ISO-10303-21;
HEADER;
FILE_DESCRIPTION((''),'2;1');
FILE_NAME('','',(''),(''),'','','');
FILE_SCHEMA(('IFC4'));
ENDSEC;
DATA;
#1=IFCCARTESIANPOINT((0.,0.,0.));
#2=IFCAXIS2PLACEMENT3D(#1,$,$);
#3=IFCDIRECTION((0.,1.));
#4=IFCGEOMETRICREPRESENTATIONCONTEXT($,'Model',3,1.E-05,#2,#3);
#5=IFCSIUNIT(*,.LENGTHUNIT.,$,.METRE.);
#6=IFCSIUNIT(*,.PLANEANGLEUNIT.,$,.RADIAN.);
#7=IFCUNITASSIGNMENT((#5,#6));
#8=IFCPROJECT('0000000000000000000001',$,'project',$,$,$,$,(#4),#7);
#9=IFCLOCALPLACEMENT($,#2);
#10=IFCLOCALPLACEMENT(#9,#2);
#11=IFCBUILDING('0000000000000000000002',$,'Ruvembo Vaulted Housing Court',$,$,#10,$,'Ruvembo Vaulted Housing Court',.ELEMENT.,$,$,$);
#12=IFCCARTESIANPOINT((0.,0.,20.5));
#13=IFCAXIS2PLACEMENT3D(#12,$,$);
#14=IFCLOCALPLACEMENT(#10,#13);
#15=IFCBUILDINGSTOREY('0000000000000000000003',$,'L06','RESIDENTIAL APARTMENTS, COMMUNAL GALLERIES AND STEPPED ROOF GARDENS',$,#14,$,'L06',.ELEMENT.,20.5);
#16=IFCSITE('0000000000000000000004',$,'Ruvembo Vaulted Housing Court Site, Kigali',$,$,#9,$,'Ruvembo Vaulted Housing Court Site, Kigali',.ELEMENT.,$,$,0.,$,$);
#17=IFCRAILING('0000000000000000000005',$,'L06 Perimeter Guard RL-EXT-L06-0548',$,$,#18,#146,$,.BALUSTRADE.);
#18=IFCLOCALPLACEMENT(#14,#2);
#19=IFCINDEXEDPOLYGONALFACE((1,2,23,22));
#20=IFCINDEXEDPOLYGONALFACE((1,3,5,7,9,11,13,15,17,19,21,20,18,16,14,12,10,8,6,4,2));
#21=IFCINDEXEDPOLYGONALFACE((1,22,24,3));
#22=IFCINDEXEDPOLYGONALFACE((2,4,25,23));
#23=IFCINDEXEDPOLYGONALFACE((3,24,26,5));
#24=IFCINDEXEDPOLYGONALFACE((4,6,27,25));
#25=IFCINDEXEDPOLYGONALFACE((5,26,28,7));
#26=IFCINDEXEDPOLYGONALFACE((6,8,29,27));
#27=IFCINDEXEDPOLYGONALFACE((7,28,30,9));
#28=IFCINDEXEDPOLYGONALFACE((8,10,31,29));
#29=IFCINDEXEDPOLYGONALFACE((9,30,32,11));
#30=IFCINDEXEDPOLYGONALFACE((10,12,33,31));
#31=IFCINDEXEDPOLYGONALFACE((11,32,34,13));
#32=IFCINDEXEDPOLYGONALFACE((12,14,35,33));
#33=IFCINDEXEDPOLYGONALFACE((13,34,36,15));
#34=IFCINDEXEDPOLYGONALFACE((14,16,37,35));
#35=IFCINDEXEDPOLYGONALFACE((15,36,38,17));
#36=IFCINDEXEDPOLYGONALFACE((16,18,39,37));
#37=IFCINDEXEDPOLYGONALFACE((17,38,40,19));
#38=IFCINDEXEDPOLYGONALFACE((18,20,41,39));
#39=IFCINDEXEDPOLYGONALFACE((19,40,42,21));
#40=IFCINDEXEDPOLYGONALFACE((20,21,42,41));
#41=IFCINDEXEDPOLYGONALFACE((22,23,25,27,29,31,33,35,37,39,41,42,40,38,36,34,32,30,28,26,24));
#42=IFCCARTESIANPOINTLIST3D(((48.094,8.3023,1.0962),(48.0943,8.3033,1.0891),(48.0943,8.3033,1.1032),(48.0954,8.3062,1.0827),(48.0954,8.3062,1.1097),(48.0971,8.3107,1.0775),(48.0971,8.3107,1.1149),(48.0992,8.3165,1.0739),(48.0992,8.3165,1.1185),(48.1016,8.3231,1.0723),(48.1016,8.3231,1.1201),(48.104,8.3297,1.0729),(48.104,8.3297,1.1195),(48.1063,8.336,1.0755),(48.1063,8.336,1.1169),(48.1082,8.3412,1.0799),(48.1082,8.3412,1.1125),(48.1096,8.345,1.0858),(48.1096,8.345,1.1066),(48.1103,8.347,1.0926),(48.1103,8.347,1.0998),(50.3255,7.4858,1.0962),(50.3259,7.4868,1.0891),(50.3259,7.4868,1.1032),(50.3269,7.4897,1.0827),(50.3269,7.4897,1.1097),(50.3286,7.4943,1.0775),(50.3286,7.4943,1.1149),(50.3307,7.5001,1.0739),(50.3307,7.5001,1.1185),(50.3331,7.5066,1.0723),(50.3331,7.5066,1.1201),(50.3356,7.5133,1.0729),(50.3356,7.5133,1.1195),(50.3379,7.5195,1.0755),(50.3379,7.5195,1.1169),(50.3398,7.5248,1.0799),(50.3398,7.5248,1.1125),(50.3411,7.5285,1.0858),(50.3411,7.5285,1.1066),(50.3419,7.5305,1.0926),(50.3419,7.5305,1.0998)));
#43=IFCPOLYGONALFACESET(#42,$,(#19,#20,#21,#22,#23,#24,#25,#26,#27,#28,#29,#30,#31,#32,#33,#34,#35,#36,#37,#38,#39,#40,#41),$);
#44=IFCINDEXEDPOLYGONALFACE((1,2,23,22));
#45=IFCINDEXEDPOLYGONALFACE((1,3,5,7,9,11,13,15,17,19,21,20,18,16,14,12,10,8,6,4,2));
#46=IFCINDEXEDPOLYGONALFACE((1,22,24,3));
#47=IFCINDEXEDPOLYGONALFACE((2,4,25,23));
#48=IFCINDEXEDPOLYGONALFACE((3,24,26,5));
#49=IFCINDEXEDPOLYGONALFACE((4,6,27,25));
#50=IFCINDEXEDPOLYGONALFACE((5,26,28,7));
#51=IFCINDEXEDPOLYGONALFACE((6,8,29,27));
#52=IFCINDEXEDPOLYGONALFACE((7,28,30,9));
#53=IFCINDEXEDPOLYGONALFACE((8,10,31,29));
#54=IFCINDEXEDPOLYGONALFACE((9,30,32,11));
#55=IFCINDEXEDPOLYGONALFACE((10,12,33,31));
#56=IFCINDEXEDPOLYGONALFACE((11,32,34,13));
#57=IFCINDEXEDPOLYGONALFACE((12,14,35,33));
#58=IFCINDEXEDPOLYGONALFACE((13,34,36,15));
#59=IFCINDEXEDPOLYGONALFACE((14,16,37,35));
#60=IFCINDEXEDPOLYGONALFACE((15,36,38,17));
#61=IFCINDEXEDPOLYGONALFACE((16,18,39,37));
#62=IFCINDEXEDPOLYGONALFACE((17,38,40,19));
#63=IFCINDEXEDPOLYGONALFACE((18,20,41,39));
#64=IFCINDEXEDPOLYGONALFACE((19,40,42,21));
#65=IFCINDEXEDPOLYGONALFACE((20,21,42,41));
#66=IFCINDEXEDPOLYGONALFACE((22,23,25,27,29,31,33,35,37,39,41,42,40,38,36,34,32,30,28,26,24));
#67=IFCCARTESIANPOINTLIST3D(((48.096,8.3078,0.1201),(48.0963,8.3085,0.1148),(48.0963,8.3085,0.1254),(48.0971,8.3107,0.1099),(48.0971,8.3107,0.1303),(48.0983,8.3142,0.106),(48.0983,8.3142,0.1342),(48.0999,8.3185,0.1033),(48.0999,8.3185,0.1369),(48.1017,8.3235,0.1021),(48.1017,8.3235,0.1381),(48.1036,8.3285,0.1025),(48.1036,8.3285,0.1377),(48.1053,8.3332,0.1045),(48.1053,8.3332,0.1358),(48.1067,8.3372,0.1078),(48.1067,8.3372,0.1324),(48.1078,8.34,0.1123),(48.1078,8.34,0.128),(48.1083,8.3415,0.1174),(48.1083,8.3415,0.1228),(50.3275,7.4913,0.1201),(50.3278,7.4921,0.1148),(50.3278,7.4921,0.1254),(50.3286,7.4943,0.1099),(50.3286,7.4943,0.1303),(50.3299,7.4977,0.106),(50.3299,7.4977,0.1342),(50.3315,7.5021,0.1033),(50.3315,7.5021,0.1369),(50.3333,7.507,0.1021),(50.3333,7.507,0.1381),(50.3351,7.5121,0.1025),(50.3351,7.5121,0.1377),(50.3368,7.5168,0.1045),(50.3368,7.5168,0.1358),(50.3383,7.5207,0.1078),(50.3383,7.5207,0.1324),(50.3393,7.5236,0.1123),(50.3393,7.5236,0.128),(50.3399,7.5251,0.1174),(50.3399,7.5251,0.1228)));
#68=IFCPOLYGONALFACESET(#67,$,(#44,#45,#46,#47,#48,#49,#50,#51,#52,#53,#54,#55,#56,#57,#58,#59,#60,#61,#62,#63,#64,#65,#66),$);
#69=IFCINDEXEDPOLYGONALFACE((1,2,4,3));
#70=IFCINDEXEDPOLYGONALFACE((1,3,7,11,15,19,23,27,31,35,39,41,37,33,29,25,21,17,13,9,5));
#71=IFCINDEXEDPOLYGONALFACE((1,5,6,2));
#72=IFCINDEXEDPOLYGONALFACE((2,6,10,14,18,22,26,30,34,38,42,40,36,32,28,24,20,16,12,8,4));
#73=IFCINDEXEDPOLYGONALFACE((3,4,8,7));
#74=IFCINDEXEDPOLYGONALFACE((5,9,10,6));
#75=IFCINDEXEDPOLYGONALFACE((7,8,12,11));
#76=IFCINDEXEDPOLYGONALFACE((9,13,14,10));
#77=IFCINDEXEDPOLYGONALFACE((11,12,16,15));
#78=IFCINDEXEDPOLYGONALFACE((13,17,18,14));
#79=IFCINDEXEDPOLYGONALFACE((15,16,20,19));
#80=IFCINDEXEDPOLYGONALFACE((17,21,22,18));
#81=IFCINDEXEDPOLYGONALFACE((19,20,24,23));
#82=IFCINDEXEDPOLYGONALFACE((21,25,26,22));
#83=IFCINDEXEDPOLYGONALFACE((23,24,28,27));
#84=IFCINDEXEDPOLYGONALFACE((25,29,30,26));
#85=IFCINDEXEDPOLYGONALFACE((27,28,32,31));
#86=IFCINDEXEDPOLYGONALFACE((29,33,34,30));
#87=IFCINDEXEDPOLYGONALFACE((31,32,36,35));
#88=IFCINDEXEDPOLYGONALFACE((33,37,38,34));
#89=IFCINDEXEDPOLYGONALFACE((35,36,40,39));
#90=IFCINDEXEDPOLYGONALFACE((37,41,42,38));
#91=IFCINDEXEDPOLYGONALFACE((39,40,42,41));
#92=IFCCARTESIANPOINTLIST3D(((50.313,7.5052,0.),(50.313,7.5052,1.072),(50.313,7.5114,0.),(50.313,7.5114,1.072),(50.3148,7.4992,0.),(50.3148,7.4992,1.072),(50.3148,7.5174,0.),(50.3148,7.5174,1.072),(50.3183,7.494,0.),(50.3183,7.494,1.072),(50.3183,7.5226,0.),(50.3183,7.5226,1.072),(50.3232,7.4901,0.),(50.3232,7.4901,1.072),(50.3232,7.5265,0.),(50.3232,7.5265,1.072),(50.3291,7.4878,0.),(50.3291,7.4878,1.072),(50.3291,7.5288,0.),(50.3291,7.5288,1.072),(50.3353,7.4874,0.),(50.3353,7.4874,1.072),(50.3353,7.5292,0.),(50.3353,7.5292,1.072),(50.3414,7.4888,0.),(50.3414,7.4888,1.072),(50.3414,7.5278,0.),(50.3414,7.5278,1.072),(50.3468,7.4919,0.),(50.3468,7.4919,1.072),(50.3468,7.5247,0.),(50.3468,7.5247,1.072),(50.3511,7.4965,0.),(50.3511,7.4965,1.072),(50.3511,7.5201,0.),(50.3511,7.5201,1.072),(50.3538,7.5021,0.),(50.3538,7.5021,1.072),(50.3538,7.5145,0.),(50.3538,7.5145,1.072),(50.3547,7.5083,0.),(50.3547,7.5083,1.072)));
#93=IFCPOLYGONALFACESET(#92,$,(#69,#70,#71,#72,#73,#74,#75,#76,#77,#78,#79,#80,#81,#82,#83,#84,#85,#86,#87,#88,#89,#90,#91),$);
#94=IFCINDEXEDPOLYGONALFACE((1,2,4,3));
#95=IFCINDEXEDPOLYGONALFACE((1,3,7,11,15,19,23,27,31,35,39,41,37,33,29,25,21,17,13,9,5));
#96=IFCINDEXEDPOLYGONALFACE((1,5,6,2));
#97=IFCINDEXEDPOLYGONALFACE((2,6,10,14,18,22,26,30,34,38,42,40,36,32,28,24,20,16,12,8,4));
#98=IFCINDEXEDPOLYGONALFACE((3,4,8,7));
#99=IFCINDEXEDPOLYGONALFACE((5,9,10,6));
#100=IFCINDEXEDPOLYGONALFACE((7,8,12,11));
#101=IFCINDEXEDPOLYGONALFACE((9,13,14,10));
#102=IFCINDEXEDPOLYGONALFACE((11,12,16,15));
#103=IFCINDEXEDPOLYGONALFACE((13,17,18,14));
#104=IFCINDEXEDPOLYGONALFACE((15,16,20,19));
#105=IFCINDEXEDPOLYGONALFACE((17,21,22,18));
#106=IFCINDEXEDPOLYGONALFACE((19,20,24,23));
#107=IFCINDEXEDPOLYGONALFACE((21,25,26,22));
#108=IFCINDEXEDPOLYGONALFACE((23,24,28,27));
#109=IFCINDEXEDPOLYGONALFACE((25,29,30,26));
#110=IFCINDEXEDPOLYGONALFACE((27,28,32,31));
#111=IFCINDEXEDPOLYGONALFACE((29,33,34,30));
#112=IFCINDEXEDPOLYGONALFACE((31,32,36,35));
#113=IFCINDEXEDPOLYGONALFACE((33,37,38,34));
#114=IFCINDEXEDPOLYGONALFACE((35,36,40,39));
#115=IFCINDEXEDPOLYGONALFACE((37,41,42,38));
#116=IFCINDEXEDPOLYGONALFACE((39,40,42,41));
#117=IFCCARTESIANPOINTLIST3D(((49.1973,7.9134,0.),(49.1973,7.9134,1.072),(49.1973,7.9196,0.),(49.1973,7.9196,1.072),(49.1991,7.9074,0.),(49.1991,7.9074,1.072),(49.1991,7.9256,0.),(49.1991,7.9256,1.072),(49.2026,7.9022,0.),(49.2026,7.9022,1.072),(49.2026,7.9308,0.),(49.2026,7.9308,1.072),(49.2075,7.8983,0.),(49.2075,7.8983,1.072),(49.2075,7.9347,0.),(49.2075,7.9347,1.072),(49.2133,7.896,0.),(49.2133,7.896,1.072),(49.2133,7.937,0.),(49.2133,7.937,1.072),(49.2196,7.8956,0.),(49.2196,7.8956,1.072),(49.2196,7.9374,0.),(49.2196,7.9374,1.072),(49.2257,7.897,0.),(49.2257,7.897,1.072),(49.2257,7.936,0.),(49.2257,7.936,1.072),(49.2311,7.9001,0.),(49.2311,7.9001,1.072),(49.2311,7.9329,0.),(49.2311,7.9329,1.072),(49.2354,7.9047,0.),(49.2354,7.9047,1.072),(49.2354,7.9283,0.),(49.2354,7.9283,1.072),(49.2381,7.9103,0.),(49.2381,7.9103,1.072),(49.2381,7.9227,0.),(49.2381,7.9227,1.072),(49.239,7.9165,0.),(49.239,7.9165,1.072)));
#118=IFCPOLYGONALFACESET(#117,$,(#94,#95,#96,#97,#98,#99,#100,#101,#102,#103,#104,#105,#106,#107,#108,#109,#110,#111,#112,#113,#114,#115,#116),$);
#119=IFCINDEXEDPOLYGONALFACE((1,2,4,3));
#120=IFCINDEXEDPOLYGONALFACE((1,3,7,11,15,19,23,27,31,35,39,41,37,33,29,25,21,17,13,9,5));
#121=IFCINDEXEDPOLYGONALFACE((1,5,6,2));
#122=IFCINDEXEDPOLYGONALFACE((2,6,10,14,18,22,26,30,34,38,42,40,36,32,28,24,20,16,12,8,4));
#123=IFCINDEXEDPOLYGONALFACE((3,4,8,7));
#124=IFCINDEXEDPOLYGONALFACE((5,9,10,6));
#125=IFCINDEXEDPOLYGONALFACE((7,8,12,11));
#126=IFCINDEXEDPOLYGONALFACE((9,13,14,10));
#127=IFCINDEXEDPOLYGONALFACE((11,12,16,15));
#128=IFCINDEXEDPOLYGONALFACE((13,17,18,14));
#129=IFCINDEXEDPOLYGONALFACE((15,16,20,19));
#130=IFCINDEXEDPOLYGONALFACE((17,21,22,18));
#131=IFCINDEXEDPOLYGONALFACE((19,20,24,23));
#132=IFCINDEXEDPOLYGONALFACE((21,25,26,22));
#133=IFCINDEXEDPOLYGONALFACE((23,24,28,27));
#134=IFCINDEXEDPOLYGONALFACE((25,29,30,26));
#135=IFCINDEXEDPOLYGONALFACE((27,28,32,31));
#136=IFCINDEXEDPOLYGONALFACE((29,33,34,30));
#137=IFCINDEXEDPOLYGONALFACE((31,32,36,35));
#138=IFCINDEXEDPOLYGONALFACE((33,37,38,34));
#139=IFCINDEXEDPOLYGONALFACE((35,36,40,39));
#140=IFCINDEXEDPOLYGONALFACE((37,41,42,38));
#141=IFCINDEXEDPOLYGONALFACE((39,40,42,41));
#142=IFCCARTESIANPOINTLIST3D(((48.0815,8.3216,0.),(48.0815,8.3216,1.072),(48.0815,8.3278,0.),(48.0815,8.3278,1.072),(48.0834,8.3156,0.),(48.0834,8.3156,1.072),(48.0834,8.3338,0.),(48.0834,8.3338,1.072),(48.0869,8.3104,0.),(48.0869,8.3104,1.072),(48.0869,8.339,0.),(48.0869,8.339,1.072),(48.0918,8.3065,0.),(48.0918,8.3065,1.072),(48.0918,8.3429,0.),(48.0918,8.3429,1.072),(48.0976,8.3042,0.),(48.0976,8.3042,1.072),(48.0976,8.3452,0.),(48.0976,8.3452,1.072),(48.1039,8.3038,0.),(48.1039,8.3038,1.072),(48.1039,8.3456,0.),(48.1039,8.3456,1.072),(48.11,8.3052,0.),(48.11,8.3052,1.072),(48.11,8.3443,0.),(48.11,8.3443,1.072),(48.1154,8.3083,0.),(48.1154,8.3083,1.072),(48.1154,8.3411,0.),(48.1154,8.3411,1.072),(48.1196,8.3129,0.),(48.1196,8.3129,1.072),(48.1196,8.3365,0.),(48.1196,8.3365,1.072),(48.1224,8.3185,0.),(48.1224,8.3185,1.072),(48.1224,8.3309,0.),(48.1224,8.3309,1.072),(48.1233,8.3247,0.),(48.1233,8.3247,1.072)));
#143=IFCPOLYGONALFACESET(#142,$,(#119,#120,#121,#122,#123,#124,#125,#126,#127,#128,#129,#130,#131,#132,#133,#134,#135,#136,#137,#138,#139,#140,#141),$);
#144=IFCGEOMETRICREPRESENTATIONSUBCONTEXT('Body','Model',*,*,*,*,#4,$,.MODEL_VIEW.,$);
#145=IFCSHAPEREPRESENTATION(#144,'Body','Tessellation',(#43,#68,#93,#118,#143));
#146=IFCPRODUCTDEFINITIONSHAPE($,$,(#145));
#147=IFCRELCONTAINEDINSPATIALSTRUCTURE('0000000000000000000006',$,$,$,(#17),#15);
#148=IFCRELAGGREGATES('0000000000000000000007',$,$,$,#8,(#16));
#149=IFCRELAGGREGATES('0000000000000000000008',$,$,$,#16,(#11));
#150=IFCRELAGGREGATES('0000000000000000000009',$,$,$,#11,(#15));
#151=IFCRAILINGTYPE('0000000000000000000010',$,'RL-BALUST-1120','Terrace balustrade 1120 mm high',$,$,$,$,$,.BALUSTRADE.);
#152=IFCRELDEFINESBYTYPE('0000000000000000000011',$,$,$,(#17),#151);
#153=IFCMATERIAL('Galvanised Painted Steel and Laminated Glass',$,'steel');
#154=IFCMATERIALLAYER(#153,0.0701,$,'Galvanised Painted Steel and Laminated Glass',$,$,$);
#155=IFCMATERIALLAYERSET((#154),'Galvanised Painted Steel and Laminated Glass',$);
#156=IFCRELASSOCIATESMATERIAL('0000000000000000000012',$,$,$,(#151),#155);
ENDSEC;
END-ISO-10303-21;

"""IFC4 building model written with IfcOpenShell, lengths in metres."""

from ifc_helpers import new_model, si_unit, direction, frame, origin, origin_2d, place, context, subcontext, project, spatial, circle, extrude, material, layer, layer_set, type_object, element, save


model = new_model("IFC4")

# Units and contexts
model_context = context("Model", 3, precision=1e-05, world=origin(), true_north=direction((0.0, 1.0)))
body_context = subcontext(model_context, "Body", "Model", "MODEL_VIEW")
ifc_project = project(units=[si_unit("LENGTHUNIT", "METRE"), si_unit("PLANEANGLEUNIT", "RADIAN")], contexts=[model_context])

# Site, building, storey
site_placement = place(None, origin())
site = spatial("IfcSite", under=ifc_project, at=site_placement, Name="Ruvembo Vaulted Housing Court Site, Kigali", LongName="Ruvembo Vaulted Housing Court Site, Kigali", CompositionType="ELEMENT", RefElevation=0.0)
building_placement = place(site_placement, origin())
building = spatial("IfcBuilding", under=site, at=building_placement, Name="Ruvembo Vaulted Housing Court", LongName="Ruvembo Vaulted Housing Court", CompositionType="ELEMENT")
storey_placement = place(building_placement, frame((0.0, 0.0, 20.5)))
storey = spatial("IfcBuildingStorey", under=building, at=storey_placement, Name="L06", Description="RESIDENTIAL APARTMENTS, COMMUNAL GALLERIES AND STEPPED ROOF GARDENS", LongName="L06", CompositionType="ELEMENT", Elevation=20.5)

# Railing
ifc_material_1 = material(Name="Galvanised Painted Steel and Laminated Glass", Category="steel")
ifc_layer = layer(ifc_material_1, 0.0701, Name="Galvanised Painted Steel and Laminated Glass")
ifc_layer_set = layer_set([ifc_layer], Name="Galvanised Painted Steel and Laminated Glass")
railing_type = type_object("IfcRailingType", Name="RL-BALUST-1120", Description="Terrace balustrade 1120 mm high", PredefinedType="BALUSTRADE", material=ifc_layer_set)
railing_1_placement = place(storey_placement, frame((50.3337, 7.5083, 0.0)))
element("IfcRailing", 1, at=railing_1_placement, inside=storey, type_object=railing_type, Name="L06 Perimeter Guard RL-EXT-L06-0548", PredefinedType="BALUSTRADE", context=body_context, shape_type="SweptSolid", body=[
    extrude(circle(Radius=0.0239, at=origin_2d()), frame((0.0, 0.0, 1.0962), z_axis=(-0.93912, 0.34359, 0.0), x_axis=(-0.34359, -0.93912, 0.0)), (0.0, 0.0, 1.0), 2.3762),
    extrude(circle(Radius=0.0181, at=origin_2d()), frame((0.0, 0.0, 0.1201), z_axis=(-0.93912, 0.34359, 0.0), x_axis=(-0.34359, -0.93912, 0.0)), (0.0, 0.0, 1.0), 2.3762),
    extrude(circle(Radius=0.021, at=origin_2d()), origin(), (0.0, 0.0, 1.0), 1.072),
    extrude(circle(Radius=0.021, at=origin_2d()), frame((-1.1157, 0.4082, 0.0)), (0.0, 0.0, 1.0), 1.072),
    extrude(circle(Radius=0.021, at=origin_2d()), frame((-2.2314, 0.8164, 0.0)), (0.0, 0.0, 1.0), 1.072),
])

save(model, "model.ifc")
